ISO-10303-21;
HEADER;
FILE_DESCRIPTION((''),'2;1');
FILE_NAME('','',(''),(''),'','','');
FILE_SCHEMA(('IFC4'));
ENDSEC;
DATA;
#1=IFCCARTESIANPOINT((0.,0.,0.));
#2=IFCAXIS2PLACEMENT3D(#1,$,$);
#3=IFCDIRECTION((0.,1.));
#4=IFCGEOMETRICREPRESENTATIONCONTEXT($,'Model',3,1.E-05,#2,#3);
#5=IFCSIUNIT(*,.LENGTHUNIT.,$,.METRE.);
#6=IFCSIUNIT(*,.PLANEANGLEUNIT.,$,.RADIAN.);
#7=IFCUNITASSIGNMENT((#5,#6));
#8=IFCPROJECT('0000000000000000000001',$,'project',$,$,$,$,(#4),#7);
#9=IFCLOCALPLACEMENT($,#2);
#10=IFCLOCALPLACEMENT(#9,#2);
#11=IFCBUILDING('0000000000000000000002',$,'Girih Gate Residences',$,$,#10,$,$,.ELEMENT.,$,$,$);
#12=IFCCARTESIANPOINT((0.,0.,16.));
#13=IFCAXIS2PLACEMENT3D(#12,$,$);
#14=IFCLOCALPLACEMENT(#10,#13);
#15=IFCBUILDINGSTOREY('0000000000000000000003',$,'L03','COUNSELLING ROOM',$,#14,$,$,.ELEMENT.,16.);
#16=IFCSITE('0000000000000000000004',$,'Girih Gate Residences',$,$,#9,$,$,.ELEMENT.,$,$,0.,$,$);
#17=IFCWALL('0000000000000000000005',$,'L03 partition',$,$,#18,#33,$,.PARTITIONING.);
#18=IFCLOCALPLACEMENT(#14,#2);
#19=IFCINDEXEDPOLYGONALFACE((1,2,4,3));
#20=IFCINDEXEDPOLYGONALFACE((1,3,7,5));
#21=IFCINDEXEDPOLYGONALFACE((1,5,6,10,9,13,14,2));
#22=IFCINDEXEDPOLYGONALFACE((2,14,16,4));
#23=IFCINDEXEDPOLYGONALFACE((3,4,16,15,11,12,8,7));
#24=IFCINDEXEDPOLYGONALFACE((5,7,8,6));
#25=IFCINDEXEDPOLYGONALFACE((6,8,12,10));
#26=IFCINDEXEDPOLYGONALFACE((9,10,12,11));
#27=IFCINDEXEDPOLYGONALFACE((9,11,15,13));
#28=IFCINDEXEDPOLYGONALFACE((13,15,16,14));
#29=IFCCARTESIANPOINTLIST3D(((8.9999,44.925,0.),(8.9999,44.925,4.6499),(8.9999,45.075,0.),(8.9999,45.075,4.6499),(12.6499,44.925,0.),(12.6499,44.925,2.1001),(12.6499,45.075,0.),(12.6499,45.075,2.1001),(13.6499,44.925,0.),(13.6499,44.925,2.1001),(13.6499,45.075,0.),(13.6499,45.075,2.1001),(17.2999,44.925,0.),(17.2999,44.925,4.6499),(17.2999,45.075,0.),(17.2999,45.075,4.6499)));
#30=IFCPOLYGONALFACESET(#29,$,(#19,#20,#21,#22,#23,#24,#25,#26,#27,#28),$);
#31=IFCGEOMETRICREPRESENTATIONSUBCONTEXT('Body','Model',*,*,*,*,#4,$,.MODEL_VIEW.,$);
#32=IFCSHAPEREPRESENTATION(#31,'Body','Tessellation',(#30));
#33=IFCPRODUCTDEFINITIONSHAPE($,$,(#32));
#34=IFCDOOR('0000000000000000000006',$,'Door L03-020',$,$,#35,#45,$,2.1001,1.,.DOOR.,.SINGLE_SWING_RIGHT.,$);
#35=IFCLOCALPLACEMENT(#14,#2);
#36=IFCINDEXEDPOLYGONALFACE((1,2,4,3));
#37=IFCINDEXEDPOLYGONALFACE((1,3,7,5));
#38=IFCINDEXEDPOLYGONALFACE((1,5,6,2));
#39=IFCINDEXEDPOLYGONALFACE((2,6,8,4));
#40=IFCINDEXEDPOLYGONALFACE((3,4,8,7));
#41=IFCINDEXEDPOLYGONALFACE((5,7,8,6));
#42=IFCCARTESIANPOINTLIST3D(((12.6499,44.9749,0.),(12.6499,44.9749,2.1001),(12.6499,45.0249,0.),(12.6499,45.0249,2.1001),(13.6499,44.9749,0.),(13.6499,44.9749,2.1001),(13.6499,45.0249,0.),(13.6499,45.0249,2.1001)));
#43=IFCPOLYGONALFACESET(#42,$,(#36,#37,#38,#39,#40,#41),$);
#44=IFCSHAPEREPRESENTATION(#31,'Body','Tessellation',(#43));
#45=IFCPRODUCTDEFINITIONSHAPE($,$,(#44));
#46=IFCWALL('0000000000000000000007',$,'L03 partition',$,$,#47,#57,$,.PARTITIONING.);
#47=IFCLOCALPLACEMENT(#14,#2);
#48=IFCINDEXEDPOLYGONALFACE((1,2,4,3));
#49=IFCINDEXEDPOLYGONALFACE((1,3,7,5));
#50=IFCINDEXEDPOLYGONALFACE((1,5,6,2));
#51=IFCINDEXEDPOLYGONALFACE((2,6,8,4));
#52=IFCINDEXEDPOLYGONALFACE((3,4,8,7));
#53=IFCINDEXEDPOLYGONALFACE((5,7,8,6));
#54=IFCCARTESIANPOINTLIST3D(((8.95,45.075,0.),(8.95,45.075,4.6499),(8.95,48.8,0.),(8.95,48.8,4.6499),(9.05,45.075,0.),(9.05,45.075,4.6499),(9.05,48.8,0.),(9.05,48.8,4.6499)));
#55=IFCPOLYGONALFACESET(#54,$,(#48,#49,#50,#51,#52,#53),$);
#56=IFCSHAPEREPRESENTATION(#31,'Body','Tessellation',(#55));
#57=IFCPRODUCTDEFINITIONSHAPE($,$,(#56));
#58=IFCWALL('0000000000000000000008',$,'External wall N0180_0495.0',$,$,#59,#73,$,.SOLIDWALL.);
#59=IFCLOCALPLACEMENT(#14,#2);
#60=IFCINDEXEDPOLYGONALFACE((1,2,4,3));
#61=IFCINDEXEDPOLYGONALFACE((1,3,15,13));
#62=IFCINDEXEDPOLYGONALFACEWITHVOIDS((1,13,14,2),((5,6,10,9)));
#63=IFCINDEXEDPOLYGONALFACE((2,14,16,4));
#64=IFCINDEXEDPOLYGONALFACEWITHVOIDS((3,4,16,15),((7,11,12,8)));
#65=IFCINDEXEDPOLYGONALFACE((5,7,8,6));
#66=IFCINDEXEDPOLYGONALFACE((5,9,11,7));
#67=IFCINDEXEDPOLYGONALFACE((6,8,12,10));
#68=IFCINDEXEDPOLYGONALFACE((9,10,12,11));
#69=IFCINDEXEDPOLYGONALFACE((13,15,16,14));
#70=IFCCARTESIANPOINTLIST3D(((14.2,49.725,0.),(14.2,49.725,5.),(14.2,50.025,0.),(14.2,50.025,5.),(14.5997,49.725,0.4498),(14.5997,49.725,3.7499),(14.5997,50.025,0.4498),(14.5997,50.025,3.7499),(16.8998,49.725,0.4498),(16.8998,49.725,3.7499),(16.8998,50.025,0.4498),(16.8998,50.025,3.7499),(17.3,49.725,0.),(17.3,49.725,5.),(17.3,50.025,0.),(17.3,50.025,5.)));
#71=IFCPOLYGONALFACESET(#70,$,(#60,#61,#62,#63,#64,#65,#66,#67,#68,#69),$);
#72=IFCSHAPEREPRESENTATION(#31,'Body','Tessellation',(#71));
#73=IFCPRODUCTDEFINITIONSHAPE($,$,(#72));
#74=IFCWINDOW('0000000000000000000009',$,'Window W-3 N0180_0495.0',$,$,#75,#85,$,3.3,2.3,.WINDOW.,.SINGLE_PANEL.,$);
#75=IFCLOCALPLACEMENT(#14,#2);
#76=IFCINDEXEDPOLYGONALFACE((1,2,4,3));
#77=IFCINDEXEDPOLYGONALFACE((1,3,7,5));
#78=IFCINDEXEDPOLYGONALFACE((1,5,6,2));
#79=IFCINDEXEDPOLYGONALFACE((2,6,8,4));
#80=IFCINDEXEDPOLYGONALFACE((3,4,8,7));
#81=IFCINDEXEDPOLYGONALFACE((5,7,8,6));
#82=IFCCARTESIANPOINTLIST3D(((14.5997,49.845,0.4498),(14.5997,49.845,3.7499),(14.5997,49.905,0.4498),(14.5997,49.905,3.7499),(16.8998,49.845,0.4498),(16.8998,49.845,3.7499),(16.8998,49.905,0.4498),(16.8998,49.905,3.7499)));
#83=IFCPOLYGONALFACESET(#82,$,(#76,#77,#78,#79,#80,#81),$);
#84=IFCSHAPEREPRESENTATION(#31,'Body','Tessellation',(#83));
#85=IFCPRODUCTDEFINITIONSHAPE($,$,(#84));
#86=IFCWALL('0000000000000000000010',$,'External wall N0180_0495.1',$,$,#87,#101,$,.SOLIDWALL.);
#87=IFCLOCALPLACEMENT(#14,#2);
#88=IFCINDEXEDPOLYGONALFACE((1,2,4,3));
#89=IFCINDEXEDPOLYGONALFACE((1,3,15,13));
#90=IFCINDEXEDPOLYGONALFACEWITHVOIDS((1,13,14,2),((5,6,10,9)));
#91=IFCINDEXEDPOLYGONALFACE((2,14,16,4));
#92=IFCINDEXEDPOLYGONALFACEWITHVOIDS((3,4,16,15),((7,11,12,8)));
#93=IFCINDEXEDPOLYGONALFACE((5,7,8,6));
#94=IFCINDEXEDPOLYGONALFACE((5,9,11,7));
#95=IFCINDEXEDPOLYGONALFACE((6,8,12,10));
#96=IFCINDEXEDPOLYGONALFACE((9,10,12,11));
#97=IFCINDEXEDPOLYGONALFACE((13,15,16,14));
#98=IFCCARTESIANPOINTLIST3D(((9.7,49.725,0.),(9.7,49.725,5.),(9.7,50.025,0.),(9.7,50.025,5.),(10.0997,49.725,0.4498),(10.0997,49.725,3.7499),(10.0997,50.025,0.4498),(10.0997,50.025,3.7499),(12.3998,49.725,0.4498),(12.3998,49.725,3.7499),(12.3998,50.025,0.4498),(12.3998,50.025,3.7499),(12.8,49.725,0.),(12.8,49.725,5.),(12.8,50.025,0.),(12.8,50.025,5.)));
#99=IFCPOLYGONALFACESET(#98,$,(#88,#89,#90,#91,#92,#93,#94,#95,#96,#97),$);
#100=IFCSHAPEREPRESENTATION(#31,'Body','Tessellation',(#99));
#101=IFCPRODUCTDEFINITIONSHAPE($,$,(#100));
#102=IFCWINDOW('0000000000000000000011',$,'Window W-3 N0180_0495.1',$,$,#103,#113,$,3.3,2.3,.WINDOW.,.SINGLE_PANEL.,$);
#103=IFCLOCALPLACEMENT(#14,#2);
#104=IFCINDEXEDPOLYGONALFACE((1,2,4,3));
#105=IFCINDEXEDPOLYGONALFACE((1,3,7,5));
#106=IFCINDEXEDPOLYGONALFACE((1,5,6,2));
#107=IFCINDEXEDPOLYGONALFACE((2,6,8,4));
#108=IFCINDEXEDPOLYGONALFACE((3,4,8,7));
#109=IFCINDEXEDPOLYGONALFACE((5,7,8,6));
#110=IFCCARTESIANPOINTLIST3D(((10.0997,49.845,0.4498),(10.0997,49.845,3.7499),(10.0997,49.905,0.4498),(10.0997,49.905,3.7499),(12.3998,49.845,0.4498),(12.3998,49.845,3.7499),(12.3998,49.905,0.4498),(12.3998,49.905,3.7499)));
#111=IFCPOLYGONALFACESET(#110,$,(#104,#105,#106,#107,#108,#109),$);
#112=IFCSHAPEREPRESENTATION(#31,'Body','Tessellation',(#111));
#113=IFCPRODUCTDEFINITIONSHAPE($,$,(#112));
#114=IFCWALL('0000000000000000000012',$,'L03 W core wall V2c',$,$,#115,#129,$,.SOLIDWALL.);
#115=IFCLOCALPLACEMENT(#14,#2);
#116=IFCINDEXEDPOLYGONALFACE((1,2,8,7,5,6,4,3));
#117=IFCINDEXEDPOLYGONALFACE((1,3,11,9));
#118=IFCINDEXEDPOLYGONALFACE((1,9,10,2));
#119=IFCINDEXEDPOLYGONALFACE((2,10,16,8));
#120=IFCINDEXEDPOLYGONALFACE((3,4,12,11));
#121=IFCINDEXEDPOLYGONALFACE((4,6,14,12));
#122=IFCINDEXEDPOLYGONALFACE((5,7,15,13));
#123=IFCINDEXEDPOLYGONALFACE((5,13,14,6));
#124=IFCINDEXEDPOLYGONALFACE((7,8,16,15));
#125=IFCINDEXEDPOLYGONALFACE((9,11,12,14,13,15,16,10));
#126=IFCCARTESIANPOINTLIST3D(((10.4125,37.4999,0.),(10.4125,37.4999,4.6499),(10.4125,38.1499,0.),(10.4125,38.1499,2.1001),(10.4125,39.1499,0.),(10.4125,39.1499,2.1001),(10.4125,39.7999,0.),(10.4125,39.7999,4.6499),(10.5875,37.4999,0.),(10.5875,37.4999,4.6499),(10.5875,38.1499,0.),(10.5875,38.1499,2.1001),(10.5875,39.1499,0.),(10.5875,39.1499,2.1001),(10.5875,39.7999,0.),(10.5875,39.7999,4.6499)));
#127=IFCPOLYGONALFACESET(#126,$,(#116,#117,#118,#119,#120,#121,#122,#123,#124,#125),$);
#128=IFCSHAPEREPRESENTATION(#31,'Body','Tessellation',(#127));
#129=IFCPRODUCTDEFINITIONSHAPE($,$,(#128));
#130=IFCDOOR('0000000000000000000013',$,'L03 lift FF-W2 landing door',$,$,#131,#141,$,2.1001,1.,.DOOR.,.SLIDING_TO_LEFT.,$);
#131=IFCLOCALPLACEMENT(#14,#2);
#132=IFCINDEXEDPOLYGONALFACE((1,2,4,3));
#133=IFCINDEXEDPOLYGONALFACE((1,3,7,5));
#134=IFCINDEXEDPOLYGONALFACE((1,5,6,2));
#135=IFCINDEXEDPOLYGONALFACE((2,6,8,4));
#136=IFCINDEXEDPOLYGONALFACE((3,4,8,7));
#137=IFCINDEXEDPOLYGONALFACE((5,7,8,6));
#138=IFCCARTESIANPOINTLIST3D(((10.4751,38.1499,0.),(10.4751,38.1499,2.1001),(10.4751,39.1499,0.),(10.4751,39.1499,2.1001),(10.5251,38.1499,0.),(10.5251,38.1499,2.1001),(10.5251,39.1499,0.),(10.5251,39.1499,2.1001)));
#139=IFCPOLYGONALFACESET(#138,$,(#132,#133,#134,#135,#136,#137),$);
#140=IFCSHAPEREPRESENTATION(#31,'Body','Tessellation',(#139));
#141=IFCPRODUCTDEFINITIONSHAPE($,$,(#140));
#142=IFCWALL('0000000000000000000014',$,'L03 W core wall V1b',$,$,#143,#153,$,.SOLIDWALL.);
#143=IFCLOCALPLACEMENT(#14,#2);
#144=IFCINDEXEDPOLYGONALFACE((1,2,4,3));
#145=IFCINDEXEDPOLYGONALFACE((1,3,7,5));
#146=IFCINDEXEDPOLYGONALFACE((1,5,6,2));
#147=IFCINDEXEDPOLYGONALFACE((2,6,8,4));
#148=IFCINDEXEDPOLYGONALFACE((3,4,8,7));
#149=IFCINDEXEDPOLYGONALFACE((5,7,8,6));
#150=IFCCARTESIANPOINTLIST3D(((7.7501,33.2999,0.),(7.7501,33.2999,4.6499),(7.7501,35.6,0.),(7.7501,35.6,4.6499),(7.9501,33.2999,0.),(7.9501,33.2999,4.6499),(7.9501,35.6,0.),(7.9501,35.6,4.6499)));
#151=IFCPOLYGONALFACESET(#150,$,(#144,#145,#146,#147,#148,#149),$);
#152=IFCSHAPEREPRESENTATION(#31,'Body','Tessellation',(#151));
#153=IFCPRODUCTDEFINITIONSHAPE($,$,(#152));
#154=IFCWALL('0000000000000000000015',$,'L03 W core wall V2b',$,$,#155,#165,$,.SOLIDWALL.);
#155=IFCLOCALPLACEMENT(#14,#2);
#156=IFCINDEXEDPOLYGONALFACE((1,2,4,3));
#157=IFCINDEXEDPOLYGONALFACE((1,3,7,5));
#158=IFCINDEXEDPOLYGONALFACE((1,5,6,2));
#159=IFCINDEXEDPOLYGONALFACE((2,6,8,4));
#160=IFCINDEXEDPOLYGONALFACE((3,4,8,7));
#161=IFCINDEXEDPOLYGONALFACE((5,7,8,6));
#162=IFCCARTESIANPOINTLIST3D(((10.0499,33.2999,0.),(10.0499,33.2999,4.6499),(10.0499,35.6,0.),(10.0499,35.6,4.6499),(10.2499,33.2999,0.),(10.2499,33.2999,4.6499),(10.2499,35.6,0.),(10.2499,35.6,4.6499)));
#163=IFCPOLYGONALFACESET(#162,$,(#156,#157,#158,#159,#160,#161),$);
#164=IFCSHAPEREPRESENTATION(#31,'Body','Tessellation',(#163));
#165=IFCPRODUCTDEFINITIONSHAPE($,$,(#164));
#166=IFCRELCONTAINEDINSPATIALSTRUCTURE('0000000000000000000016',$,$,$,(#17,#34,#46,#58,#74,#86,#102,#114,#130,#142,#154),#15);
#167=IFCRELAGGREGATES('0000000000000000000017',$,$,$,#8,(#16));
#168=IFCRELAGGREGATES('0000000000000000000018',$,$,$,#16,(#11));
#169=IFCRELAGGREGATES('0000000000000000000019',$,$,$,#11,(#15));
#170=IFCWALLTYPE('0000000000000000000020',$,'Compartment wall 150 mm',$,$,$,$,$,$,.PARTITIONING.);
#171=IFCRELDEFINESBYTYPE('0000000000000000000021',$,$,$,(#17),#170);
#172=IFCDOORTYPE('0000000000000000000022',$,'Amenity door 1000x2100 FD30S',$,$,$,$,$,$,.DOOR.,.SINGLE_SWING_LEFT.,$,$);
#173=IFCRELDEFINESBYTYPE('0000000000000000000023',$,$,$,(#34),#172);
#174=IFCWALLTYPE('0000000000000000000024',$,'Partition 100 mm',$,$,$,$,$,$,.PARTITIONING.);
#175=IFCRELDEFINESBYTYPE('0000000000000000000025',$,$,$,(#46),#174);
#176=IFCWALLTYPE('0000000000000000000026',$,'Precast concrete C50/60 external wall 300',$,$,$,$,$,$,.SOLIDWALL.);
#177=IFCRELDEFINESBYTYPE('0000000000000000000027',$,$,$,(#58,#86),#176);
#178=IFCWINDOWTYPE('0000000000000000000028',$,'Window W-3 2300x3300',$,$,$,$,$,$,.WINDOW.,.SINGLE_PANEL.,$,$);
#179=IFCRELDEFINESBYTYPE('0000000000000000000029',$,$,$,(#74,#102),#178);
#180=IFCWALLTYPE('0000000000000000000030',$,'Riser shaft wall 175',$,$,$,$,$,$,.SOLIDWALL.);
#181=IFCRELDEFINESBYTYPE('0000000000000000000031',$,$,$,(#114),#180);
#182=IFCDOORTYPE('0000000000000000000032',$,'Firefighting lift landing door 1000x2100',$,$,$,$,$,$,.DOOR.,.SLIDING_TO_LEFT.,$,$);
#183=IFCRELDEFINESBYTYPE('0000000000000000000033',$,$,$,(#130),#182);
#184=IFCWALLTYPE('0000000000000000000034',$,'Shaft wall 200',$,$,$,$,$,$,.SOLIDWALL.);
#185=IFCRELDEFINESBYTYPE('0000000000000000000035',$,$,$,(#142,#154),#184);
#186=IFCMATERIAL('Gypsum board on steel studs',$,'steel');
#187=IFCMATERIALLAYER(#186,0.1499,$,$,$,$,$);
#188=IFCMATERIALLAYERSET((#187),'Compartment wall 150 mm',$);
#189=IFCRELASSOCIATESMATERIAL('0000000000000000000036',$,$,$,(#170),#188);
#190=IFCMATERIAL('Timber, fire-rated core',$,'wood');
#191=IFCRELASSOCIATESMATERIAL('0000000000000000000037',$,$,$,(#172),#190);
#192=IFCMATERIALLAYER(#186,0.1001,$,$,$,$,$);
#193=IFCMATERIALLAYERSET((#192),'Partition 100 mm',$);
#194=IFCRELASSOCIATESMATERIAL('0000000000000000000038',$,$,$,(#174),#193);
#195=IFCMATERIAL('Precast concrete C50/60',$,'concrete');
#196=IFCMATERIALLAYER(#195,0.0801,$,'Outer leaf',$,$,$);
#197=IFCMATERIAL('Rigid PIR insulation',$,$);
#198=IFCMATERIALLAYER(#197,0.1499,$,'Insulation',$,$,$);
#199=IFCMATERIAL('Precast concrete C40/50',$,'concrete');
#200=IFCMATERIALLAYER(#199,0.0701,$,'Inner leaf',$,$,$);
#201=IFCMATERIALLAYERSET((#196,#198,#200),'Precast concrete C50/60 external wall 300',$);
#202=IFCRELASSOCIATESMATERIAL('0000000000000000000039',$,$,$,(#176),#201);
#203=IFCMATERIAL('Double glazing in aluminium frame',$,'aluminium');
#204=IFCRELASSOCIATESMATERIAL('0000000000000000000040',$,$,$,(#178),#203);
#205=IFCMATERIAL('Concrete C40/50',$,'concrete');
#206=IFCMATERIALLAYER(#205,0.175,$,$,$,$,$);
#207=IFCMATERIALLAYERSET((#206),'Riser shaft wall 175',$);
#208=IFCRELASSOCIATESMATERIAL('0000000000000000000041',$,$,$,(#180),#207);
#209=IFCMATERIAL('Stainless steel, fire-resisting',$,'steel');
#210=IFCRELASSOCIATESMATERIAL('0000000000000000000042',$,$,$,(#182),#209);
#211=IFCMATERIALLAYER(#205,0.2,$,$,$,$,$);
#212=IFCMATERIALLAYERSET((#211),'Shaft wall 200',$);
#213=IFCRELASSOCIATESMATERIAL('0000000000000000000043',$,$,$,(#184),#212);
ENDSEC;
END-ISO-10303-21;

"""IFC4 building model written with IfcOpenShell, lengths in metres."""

from ifc_helpers import new_model, si_unit, direction, frame, frame_2d, origin, place, context, subcontext, project, spatial, rectangle, extrude, material, layer, layer_set, type_object, element, fill, save


model = new_model("IFC4")

# Units and contexts
model_context = context("Model", 3, precision=1e-05, world=origin(), true_north=direction((0.0, 1.0)))
body_context = subcontext(model_context, "Body", "Model", "MODEL_VIEW")
ifc_project = project(units=[si_unit("LENGTHUNIT", "METRE"), si_unit("PLANEANGLEUNIT", "RADIAN")], contexts=[model_context])

# Site, building, storey
site_placement = place(None, origin())
site = spatial("IfcSite", under=ifc_project, at=site_placement, Name="Girih Gate Residences", CompositionType="ELEMENT", RefElevation=0.0)
building_placement = place(site_placement, origin())
building = spatial("IfcBuilding", under=site, at=building_placement, Name="Girih Gate Residences", CompositionType="ELEMENT")
storey_placement = place(building_placement, frame((0.0, 0.0, 16.0)))
storey = spatial("IfcBuildingStorey", under=building, at=storey_placement, Name="L03", Description="COUNSELLING ROOM", CompositionType="ELEMENT", Elevation=16.0)

# Wall, opening, door
ifc_material_1 = material(Name="Gypsum board on steel studs", Category="steel")
ifc_layer_1 = layer(ifc_material_1, 0.1499)
ifc_layer_set_1 = layer_set([ifc_layer_1], Name="Compartment wall 150 mm")
wall_type_1 = type_object("IfcWallType", Name="Compartment wall 150 mm", PredefinedType="PARTITIONING", material=ifc_layer_set_1)
wall_1_placement = place(storey_placement, frame((9.0, 45.0, 0.0), z_axis=(0.0, 0.0, 1.0), x_axis=(1.0, 0.0, 0.0)))
wall_1 = element("IfcWall", 1, at=wall_1_placement, inside=storey, type_object=wall_type_1, Name="L03 partition", PredefinedType="PARTITIONING", context=body_context, shape_type="SweptSolid", body=[
    extrude(rectangle(XDim=8.3, YDim=0.1499, at=frame_2d((4.1499, 0.0))), origin(), (0.0, 0.0, 1.0), 4.6499),
])
opening_1_placement = place(wall_1_placement, frame((3.6499, 0.0, 0.0)))
opening_1 = element("IfcOpeningElement", 2, at=opening_1_placement, cuts=wall_1, PredefinedType="OPENING", context=body_context, shape_type="SweptSolid", body=[
    extrude(rectangle(XDim=1.0, YDim=2.1001, at=frame_2d((0.5, 1.05))), frame((0.0, 0.085, 0.0), z_axis=(0.0, -1.0, 0.0), x_axis=(1.0, 0.0, 0.0)), (0.0, 0.0, 1.0), 0.1699),
])
ifc_material_2 = material(Name="Timber, fire-rated core", Category="wood")
door_type_1 = type_object("IfcDoorType", Name="Amenity door 1000x2100 FD30S", OperationType="SINGLE_SWING_LEFT", PredefinedType="DOOR", material=ifc_material_2)
door_1_placement = place(opening_1_placement, origin())
door_1 = element("IfcDoor", 3, at=door_1_placement, inside=storey, type_object=door_type_1, Name="Door L03-020", OperationType="SINGLE_SWING_RIGHT", OverallHeight=2.1001, OverallWidth=1.0, PredefinedType="DOOR", context=body_context, shape_type="SweptSolid", body=[
    extrude(rectangle(XDim=1.0, YDim=2.1001, at=frame_2d((0.5, 1.05))), frame((0.0, 0.0249, 0.0), z_axis=(0.0, -1.0, 0.0), x_axis=(1.0, 0.0, 0.0)), (0.0, 0.0, 1.0), 0.05),
])
fill(opening_1, door_1)

# Wall
ifc_layer_2 = layer(ifc_material_1, 0.1001)
ifc_layer_set_2 = layer_set([ifc_layer_2], Name="Partition 100 mm")
wall_type_2 = type_object("IfcWallType", Name="Partition 100 mm", PredefinedType="PARTITIONING", material=ifc_layer_set_2)
wall_2_placement = place(storey_placement, frame((9.0, 45.075, 0.0), z_axis=(0.0, 0.0, 1.0), x_axis=(0.0, 1.0, 0.0)))
element("IfcWall", 4, at=wall_2_placement, inside=storey, type_object=wall_type_2, Name="L03 partition", PredefinedType="PARTITIONING", context=body_context, shape_type="SweptSolid", body=[
    extrude(rectangle(XDim=3.7251, YDim=0.1001, at=frame_2d((1.8625, 0.0))), origin(), (0.0, 0.0, 1.0), 4.6499),
])

# Walls, openings, windows
ifc_material_3 = material(Name="Precast concrete C50/60", Category="concrete")
ifc_layer_3 = layer(ifc_material_3, 0.0801, Name="Outer leaf")
ifc_material_4 = material(Name="Rigid PIR insulation")
ifc_layer_4 = layer(ifc_material_4, 0.1499, Name="Insulation")
ifc_material_5 = material(Name="Precast concrete C40/50", Category="concrete")
ifc_layer_5 = layer(ifc_material_5, 0.0701, Name="Inner leaf")
ifc_layer_set_3 = layer_set([ifc_layer_3, ifc_layer_4, ifc_layer_5], Name="Precast concrete C50/60 external wall 300")
wall_type_3 = type_object("IfcWallType", Name="Precast concrete C50/60 external wall 300", PredefinedType="SOLIDWALL", material=ifc_layer_set_3)
wall_3_placement = place(storey_placement, frame((14.2, 49.875, 0.0), z_axis=(0.0, 0.0, 1.0), x_axis=(1.0, 0.0, 0.0)))
wall_3 = element("IfcWall", 5, at=wall_3_placement, inside=storey, type_object=wall_type_3, Name="External wall N0180_0495.0", PredefinedType="SOLIDWALL", context=body_context, shape_type="SweptSolid", body=[
    extrude(rectangle(XDim=3.1001, YDim=0.3, at=frame_2d((1.55, 0.0))), origin(), (0.0, 0.0, 1.0), 5.0),
])
opening_2_placement = place(wall_3_placement, frame((0.3999, 0.0, 0.45)))
opening_2 = element("IfcOpeningElement", 6, at=opening_2_placement, cuts=wall_3, PredefinedType="OPENING", context=body_context, shape_type="SweptSolid", body=[
    extrude(rectangle(XDim=2.3, YDim=3.3, at=frame_2d((1.1499, 1.6499))), frame((0.0, 0.1599, 0.0), z_axis=(0.0, -1.0, 0.0), x_axis=(1.0, 0.0, 0.0)), (0.0, 0.0, 1.0), 0.3201),
])
ifc_material_6 = material(Name="Double glazing in aluminium frame", Category="aluminium")
window_type = type_object("IfcWindowType", Name="Window W-3 2300x3300", PartitioningType="SINGLE_PANEL", PredefinedType="WINDOW", material=ifc_material_6)
window_1_placement = place(opening_2_placement, origin())
window_1 = element("IfcWindow", 7, at=window_1_placement, inside=storey, type_object=window_type, Name="Window W-3 N0180_0495.0", OverallHeight=3.3, OverallWidth=2.3, PartitioningType="SINGLE_PANEL", PredefinedType="WINDOW", context=body_context, shape_type="SweptSolid", body=[
    extrude(rectangle(XDim=2.3, YDim=3.3, at=frame_2d((1.1499, 1.6499))), frame((0.0, 0.03, 0.0), z_axis=(0.0, -1.0, 0.0), x_axis=(1.0, 0.0, 0.0)), (0.0, 0.0, 1.0), 0.0601),
])
fill(opening_2, window_1)
wall_4_placement = place(storey_placement, frame((9.7, 49.875, 0.0), z_axis=(0.0, 0.0, 1.0), x_axis=(1.0, 0.0, 0.0)))
wall_4 = element("IfcWall", 8, at=wall_4_placement, inside=storey, type_object=wall_type_3, Name="External wall N0180_0495.1", PredefinedType="SOLIDWALL", context=body_context, shape_type="SweptSolid", body=[
    extrude(rectangle(XDim=3.1001, YDim=0.3, at=frame_2d((1.55, 0.0))), origin(), (0.0, 0.0, 1.0), 5.0),
])
opening_3_placement = place(wall_4_placement, frame((0.3999, 0.0, 0.45)))
opening_3 = element("IfcOpeningElement", 9, at=opening_3_placement, cuts=wall_4, PredefinedType="OPENING", context=body_context, shape_type="SweptSolid", body=[
    extrude(rectangle(XDim=2.3, YDim=3.3, at=frame_2d((1.1499, 1.6499))), frame((0.0, 0.1599, 0.0), z_axis=(0.0, -1.0, 0.0), x_axis=(1.0, 0.0, 0.0)), (0.0, 0.0, 1.0), 0.3201),
])
window_2_placement = place(opening_3_placement, origin())
window_2 = element("IfcWindow", 10, at=window_2_placement, inside=storey, type_object=window_type, Name="Window W-3 N0180_0495.1", OverallHeight=3.3, OverallWidth=2.3, PartitioningType="SINGLE_PANEL", PredefinedType="WINDOW", context=body_context, shape_type="SweptSolid", body=[
    extrude(rectangle(XDim=2.3, YDim=3.3, at=frame_2d((1.1499, 1.6499))), frame((0.0, 0.03, 0.0), z_axis=(0.0, -1.0, 0.0), x_axis=(1.0, 0.0, 0.0)), (0.0, 0.0, 1.0), 0.0601),
])
fill(opening_3, window_2)

# Wall, opening, door
ifc_material_7 = material(Name="Concrete C40/50", Category="concrete")
ifc_layer_6 = layer(ifc_material_7, 0.175)
ifc_layer_set_4 = layer_set([ifc_layer_6], Name="Riser shaft wall 175")
wall_type_4 = type_object("IfcWallType", Name="Riser shaft wall 175", PredefinedType="SOLIDWALL", material=ifc_layer_set_4)
wall_5_placement = place(storey_placement, frame((10.5, 37.5, 0.0), z_axis=(0.0, 0.0, 1.0), x_axis=(0.0, 1.0, 0.0)))
wall_5 = element("IfcWall", 11, at=wall_5_placement, inside=storey, type_object=wall_type_4, Name="L03 W core wall V2c", PredefinedType="SOLIDWALL", context=body_context, shape_type="SweptSolid", body=[
    extrude(rectangle(XDim=2.3, YDim=0.175, at=frame_2d((1.1499, 0.0))), origin(), (0.0, 0.0, 1.0), 4.6499),
])
opening_4_placement = place(wall_5_placement, frame((0.6499, 0.0, 0.0)))
opening_4 = element("IfcOpeningElement", 12, at=opening_4_placement, cuts=wall_5, PredefinedType="OPENING", context=body_context, shape_type="SweptSolid", body=[
    extrude(rectangle(XDim=1.0, YDim=2.1001, at=frame_2d((0.5, 1.05))), frame((0.0, 0.0974, 0.0), z_axis=(0.0, -1.0, 0.0), x_axis=(1.0, 0.0, 0.0)), (0.0, 0.0, 1.0), 0.1951),
])
ifc_material_8 = material(Name="Stainless steel, fire-resisting", Category="steel")
door_type_2 = type_object("IfcDoorType", Name="Firefighting lift landing door 1000x2100", OperationType="SLIDING_TO_LEFT", PredefinedType="DOOR", material=ifc_material_8)
door_2_placement = place(opening_4_placement, origin())
door_2 = element("IfcDoor", 13, at=door_2_placement, inside=storey, type_object=door_type_2, Name="L03 lift FF-W2 landing door", OperationType="SLIDING_TO_LEFT", OverallHeight=2.1001, OverallWidth=1.0, PredefinedType="DOOR", context=body_context, shape_type="SweptSolid", body=[
    extrude(rectangle(XDim=1.0, YDim=2.1001, at=frame_2d((0.5, 1.05))), frame((0.0, 0.0249, 0.0), z_axis=(0.0, -1.0, 0.0), x_axis=(1.0, 0.0, 0.0)), (0.0, 0.0, 1.0), 0.05),
])
fill(opening_4, door_2)

# Walls
ifc_layer_7 = layer(ifc_material_7, 0.2)
ifc_layer_set_5 = layer_set([ifc_layer_7], Name="Shaft wall 200")
wall_type_5 = type_object("IfcWallType", Name="Shaft wall 200", PredefinedType="SOLIDWALL", material=ifc_layer_set_5)
for number, where, z_axis, x_axis, name in (
    (14, (7.8501, 33.3, 0.0), (0.0, 0.0, 1.0), (0.0, 1.0, 0.0), "L03 W core wall V1b"),
    (15, (10.1499, 33.3, 0.0), (0.0, 0.0, 1.0), (0.0, 1.0, 0.0), "L03 W core wall V2b"),
):
    element("IfcWall", number, at=place(storey_placement, frame(where, z_axis=z_axis, x_axis=x_axis)), inside=storey, type_object=wall_type_5, Name=name, PredefinedType="SOLIDWALL", context=body_context, shape_type="SweptSolid", body=[
        extrude(rectangle(XDim=2.3, YDim=0.2, at=frame_2d((1.1499, 0.0))), origin(), (0.0, 0.0, 1.0), 4.6499),
    ])

save(model, "model.ifc")
